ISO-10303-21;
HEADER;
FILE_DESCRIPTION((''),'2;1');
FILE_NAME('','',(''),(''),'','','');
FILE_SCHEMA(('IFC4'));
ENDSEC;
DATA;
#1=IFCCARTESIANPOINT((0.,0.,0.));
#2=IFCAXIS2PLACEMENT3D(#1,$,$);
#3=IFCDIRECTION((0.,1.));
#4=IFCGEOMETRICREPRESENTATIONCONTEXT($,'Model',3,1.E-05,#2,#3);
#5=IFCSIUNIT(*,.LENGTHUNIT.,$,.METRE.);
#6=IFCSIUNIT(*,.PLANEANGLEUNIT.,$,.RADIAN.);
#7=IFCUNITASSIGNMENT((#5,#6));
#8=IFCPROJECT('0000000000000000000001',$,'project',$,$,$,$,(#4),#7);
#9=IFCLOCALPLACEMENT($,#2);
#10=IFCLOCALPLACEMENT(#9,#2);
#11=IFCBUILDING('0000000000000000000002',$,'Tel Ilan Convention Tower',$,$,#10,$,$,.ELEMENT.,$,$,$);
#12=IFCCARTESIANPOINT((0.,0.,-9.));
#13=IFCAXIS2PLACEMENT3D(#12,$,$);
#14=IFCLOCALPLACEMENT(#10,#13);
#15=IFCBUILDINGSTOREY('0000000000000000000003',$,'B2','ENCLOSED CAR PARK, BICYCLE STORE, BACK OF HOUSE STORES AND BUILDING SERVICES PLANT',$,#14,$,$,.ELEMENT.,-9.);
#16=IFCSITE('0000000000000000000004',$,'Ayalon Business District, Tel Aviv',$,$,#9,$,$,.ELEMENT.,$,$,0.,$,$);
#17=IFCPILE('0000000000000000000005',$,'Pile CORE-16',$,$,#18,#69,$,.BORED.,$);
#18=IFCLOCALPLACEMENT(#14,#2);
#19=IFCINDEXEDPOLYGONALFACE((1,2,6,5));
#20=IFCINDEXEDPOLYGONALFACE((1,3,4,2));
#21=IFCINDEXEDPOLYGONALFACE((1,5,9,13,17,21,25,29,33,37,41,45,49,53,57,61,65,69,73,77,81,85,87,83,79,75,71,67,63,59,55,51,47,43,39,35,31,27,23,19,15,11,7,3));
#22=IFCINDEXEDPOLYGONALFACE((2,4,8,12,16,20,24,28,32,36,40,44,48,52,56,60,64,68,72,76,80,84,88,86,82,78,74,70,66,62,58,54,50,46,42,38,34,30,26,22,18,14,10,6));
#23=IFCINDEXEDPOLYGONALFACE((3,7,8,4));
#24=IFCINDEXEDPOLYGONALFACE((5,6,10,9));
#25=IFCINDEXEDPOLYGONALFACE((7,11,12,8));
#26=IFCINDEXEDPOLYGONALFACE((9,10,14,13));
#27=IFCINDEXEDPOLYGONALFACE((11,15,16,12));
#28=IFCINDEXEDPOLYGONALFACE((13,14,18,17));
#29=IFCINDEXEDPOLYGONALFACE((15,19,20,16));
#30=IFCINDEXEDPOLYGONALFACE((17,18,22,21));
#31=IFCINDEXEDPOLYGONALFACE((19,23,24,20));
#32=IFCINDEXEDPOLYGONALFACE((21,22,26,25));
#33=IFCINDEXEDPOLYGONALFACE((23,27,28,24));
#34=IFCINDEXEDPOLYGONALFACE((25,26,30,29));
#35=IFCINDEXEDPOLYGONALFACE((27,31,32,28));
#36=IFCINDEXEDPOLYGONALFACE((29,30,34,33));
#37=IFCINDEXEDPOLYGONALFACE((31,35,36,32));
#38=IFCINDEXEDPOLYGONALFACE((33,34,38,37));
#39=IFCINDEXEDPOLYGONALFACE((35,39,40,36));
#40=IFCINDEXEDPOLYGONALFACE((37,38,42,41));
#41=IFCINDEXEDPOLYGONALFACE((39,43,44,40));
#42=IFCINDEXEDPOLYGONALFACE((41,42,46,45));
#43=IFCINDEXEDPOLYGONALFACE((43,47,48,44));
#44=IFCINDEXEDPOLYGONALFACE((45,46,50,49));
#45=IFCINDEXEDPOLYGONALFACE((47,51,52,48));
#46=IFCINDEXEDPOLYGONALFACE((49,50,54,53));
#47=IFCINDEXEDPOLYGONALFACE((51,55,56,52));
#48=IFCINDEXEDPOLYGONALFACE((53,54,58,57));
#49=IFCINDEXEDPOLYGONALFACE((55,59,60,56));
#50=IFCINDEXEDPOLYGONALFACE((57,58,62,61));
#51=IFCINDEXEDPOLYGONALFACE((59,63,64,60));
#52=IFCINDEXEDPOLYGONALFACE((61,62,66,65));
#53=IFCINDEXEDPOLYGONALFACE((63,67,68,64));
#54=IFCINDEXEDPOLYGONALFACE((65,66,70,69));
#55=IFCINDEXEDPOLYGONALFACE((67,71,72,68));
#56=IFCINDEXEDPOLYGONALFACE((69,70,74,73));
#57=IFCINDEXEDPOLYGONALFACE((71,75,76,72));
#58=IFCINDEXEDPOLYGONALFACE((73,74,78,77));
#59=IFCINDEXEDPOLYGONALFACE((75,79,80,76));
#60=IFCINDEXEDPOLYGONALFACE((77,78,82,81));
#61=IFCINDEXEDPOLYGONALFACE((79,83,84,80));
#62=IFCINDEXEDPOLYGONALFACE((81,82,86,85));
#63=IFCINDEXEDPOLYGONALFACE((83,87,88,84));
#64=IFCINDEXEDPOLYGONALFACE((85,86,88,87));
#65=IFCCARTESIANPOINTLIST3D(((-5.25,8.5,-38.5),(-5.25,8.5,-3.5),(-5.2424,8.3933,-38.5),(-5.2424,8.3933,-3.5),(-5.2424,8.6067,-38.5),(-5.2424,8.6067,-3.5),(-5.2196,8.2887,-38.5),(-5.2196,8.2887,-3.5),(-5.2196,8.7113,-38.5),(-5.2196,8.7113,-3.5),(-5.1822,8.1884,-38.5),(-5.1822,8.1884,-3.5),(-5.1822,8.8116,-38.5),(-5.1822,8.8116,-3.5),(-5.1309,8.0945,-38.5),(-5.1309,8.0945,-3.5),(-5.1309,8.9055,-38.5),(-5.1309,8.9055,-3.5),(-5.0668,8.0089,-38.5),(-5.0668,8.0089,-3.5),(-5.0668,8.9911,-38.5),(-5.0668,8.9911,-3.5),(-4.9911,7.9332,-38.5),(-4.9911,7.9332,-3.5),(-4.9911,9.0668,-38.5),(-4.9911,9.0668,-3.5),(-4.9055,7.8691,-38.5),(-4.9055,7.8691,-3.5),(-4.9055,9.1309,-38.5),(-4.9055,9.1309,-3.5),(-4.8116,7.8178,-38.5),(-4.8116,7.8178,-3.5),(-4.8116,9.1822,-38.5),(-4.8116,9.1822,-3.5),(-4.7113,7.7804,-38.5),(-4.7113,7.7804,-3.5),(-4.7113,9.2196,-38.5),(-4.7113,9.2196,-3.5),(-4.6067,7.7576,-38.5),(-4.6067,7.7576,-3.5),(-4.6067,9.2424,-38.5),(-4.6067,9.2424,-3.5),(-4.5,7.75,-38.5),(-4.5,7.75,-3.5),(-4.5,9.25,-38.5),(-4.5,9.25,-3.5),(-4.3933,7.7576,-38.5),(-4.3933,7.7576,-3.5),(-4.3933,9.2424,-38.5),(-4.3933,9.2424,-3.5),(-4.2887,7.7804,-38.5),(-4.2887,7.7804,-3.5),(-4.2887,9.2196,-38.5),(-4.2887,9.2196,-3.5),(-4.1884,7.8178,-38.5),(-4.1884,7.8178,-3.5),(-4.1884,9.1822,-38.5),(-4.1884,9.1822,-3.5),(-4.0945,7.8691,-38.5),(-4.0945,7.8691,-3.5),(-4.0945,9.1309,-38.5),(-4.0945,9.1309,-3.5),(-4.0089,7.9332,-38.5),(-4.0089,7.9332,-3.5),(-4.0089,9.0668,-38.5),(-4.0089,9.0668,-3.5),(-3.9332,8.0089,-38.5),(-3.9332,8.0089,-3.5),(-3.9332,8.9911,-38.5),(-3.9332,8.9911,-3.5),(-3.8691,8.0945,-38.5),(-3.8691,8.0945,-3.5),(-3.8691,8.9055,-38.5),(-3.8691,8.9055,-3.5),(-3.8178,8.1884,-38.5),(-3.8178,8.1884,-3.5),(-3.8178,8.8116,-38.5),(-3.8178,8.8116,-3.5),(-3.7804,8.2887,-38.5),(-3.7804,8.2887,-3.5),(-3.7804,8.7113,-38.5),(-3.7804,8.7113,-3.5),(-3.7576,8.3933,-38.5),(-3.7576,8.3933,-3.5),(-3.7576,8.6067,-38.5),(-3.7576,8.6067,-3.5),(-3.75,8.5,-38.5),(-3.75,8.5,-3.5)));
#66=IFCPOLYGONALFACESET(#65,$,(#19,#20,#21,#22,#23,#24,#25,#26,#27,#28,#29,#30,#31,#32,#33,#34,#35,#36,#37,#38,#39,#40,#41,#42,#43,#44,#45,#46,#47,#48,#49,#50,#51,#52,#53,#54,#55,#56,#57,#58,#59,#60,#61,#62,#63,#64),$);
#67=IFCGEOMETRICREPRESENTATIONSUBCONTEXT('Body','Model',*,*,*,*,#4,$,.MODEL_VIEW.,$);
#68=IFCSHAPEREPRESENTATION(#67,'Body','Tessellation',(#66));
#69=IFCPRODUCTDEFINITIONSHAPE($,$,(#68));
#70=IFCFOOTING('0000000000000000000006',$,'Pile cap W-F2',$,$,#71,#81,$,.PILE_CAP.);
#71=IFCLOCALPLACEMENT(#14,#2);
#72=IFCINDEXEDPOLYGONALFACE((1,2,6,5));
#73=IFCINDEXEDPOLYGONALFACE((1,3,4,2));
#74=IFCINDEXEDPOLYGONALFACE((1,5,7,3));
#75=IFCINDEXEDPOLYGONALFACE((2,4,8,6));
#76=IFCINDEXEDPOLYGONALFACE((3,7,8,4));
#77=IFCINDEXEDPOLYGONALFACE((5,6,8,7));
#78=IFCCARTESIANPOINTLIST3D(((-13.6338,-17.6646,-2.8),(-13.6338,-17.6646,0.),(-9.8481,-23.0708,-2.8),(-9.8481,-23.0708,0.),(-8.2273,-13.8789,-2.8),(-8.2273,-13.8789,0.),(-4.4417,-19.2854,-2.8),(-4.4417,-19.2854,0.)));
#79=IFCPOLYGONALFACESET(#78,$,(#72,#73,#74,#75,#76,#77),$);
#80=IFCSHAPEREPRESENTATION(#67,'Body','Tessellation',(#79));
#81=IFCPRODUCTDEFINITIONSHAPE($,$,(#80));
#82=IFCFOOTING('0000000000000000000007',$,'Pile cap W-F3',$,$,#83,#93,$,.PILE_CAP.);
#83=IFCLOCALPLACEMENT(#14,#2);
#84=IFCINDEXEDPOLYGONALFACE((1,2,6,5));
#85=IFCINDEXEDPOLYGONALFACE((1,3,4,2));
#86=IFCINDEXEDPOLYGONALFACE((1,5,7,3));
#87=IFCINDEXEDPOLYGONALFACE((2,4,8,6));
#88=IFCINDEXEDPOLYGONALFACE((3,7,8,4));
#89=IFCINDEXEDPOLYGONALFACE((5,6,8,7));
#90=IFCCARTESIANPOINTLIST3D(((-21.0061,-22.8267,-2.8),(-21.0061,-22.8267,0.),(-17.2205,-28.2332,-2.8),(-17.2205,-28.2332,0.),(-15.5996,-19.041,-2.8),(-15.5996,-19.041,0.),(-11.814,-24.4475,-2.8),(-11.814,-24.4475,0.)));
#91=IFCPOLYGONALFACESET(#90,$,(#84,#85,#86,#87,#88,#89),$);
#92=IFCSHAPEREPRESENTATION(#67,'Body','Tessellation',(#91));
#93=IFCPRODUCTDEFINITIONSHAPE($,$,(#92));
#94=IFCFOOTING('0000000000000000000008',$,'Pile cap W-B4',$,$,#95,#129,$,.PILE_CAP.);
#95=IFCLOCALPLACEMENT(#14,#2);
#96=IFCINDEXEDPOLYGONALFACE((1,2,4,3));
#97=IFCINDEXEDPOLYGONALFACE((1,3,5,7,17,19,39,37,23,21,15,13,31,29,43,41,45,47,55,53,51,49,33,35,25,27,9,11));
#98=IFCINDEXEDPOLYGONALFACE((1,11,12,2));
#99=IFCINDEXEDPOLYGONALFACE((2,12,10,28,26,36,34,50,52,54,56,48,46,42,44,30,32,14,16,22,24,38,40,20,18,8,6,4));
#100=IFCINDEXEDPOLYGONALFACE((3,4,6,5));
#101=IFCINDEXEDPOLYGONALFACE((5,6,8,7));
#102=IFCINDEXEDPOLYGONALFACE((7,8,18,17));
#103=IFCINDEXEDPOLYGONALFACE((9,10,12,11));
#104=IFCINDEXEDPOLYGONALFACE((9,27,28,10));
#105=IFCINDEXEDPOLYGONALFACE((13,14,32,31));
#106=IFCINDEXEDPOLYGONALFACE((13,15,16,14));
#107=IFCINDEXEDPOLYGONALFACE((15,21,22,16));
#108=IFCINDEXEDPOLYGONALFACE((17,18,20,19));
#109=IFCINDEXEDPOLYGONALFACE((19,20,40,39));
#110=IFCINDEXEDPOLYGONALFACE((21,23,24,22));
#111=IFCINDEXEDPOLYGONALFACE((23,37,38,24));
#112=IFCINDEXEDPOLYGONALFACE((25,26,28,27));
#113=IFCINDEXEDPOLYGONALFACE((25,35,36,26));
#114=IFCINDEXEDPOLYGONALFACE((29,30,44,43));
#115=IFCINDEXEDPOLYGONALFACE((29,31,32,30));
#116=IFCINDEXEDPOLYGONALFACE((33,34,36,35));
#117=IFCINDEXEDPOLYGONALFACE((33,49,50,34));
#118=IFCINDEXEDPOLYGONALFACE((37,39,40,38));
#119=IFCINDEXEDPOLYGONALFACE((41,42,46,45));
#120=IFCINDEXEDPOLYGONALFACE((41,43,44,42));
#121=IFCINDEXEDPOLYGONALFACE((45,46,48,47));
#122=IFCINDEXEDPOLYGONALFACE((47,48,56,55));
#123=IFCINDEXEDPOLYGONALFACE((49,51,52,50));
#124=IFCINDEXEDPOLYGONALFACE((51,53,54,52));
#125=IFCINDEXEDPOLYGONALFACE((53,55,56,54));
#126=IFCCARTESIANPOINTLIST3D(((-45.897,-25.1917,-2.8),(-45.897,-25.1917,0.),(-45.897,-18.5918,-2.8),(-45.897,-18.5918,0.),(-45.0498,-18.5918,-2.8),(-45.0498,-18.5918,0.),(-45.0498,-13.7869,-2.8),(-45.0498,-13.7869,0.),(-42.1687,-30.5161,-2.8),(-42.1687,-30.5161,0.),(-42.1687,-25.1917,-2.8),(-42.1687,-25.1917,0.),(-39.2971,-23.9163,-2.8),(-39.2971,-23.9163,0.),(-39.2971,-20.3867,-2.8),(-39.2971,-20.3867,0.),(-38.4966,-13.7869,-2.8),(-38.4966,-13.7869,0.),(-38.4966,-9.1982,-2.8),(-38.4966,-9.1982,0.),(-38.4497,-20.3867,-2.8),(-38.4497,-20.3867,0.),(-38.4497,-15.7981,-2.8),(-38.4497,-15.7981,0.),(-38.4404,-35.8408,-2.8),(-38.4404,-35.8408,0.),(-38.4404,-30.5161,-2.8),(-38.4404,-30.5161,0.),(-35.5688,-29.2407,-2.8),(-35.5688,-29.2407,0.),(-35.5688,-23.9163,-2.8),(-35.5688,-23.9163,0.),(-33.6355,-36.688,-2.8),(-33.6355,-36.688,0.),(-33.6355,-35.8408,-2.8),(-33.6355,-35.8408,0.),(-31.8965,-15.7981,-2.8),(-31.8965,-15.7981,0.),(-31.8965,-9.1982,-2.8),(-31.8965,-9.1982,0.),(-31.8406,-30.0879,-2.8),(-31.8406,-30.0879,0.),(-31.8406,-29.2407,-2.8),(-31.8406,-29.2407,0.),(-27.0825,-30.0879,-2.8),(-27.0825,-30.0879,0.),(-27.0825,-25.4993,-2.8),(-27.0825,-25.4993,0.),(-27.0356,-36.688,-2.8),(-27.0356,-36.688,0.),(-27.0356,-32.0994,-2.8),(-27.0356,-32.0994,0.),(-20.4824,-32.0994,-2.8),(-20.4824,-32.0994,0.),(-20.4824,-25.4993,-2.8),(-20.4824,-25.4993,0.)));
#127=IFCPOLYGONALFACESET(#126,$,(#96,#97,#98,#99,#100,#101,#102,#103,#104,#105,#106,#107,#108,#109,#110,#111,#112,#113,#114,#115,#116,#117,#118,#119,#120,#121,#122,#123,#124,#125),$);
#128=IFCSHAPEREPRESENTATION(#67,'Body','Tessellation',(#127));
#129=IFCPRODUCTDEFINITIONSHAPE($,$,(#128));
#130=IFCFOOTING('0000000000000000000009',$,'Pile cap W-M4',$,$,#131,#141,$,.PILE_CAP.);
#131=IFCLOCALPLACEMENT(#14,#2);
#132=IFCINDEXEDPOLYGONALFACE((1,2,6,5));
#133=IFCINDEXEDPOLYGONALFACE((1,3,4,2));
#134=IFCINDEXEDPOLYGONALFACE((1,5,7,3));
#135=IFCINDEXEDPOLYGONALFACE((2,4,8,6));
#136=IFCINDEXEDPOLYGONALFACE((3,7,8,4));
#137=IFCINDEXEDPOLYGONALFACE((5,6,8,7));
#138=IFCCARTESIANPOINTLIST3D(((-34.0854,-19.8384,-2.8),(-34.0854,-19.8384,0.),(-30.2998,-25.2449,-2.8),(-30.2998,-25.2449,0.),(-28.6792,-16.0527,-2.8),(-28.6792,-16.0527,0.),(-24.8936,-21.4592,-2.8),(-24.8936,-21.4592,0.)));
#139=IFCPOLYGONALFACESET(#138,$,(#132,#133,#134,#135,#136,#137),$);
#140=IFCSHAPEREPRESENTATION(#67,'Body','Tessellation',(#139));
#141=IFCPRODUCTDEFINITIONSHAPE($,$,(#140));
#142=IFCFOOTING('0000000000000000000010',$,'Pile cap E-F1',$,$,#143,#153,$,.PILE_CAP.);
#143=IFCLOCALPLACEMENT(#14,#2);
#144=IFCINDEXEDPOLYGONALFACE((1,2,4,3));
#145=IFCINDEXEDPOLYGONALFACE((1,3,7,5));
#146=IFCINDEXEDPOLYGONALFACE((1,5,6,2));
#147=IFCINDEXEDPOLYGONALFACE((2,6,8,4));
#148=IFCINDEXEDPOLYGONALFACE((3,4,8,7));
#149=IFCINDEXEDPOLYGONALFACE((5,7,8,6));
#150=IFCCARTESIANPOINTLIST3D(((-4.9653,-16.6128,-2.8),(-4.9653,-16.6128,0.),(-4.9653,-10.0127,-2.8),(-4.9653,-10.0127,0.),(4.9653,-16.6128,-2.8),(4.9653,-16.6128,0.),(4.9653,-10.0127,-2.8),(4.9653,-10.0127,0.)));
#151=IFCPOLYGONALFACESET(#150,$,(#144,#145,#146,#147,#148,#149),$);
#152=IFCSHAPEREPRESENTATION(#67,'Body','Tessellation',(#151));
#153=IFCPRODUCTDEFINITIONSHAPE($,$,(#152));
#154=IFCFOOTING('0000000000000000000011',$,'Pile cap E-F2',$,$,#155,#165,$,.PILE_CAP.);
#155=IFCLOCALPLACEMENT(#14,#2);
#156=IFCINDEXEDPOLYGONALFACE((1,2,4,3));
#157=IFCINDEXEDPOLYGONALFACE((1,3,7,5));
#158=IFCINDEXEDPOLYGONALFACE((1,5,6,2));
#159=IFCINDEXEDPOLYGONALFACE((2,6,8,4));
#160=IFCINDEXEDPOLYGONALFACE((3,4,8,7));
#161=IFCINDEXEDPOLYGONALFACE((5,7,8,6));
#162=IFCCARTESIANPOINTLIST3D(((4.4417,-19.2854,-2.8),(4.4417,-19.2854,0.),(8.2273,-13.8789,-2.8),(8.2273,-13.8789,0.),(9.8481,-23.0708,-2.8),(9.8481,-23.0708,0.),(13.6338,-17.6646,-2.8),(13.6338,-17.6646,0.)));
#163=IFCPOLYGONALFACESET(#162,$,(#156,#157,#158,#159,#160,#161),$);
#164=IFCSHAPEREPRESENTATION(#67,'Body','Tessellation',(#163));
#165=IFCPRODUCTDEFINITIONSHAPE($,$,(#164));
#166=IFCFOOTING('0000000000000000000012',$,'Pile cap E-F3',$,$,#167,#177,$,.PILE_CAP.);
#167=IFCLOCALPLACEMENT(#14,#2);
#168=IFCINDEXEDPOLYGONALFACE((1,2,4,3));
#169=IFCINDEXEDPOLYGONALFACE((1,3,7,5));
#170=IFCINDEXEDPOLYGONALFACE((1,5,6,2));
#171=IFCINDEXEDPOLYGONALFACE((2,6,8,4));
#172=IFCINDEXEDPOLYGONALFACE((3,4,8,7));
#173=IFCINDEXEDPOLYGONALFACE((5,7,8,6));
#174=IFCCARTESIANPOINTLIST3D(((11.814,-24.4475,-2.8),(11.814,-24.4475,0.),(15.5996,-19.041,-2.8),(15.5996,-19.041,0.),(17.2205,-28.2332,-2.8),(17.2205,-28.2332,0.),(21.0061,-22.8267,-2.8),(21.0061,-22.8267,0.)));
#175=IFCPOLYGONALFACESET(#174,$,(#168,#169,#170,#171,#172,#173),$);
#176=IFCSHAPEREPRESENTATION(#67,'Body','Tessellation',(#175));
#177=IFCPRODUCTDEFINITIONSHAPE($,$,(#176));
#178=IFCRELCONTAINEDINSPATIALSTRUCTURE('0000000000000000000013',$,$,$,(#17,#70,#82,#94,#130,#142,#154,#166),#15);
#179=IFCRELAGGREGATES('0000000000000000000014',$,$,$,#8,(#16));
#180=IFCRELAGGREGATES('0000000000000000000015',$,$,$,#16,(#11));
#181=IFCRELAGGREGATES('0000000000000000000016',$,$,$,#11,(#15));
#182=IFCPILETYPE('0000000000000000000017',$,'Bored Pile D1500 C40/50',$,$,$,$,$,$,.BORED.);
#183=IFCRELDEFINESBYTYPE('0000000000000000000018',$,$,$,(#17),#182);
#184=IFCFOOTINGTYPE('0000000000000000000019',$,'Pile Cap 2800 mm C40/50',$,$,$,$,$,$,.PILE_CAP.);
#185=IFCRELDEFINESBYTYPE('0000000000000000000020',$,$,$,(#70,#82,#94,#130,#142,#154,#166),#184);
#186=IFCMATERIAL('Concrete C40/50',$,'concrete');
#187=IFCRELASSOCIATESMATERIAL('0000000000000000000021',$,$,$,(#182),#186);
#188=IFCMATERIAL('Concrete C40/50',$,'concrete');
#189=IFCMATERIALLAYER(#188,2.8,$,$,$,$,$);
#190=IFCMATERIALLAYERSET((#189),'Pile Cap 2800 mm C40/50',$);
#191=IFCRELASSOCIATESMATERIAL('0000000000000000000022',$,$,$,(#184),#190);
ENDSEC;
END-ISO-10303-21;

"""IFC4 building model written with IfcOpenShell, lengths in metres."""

from ifc_helpers import new_model, si_unit, direction, frame, origin, origin_2d, place, context, subcontext, project, spatial, polyline, circle, outline, extrude, material, layer, layer_set, material_profile, profile_set, type_object, element, save


model = new_model("IFC4")

# Units and contexts
model_context = context("Model", 3, precision=1e-05, world=origin(), true_north=direction((0.0, 1.0)))
body_context = subcontext(model_context, "Body", "Model", "MODEL_VIEW")
ifc_project = project(units=[si_unit("LENGTHUNIT", "METRE"), si_unit("PLANEANGLEUNIT", "RADIAN")], contexts=[model_context])

# Site, building, storey
site_placement = place(None, origin())
site = spatial("IfcSite", under=ifc_project, at=site_placement, Name="Ayalon Business District, Tel Aviv", CompositionType="ELEMENT", RefElevation=0.0)
building_placement = place(site_placement, origin())
building = spatial("IfcBuilding", under=site, at=building_placement, Name="Tel Ilan Convention Tower", CompositionType="ELEMENT")
storey_placement = place(building_placement, frame((0.0, 0.0, -9.0)))
storey = spatial("IfcBuildingStorey", under=building, at=storey_placement, Name="B2", Description="ENCLOSED CAR PARK, BICYCLE STORE, BACK OF HOUSE STORES AND BUILDING SERVICES PLANT", CompositionType="ELEMENT", Elevation=-9.0)

# Pile
ifc_material_1 = material(Name="Concrete C40/50", Category="concrete")
ifc_material_profile = material_profile(ifc_material_1, circle(Radius=0.75, at=origin_2d()), Name="BORED D1500")
ifc_profile_set = profile_set([ifc_material_profile], Name="Concrete C40/50")
pile_type = type_object("IfcPileType", Name="Bored Pile D1500 C40/50", PredefinedType="BORED", material=ifc_profile_set)
for number, where, z_axis, x_axis, name in (
    (1, (-4.5, 8.5, -3.5), (0.0, 0.0, -1.0), (1.0, 0.0, 0.0), "Pile CORE-16"),
):
    element("IfcPile", number, at=place(storey_placement, frame(where, z_axis=z_axis, x_axis=x_axis)), inside=storey, type_object=pile_type, Name=name, PredefinedType="BORED", context=body_context, shape_type="SweptSolid", body=[
        extrude(circle(Radius=0.75, at=origin_2d()), origin(), (0.0, 0.0, 1.0), 35.0),
    ])

# Footings
ifc_material_2 = material(Name="Concrete C40/50", Category="concrete")
ifc_layer_1 = layer(ifc_material_2, 2.8)
ifc_layer_set_1 = layer_set([ifc_layer_1], Name="Pile Cap 2800 mm C40/50")
footing_type = type_object("IfcFootingType", Name="Pile Cap 2800 mm C40/50", PredefinedType="PILE_CAP", material=ifc_layer_set_1)
footing_1_placement = place(storey_placement, frame((0.0, 0.0, -2.8)))
element("IfcFooting", 2, at=footing_1_placement, inside=storey, type_object=footing_type, Name="Pile cap W-F2", PredefinedType="PILE_CAP", context=body_context, shape_type="SweptSolid", body=[
    extrude(outline(polyline([(-8.2273, -13.8789), (-13.6338, -17.6646), (-9.8481, -23.0708), (-4.4417, -19.2854), (-8.2273, -13.8789)])), origin(), (0.0, 0.0, 1.0), 2.8),
])
footing_2_placement = place(storey_placement, frame((0.0, 0.0, -2.8)))
element("IfcFooting", 3, at=footing_2_placement, inside=storey, type_object=footing_type, Name="Pile cap W-F3", PredefinedType="PILE_CAP", context=body_context, shape_type="SweptSolid", body=[
    extrude(outline(polyline([(-15.5996, -19.041), (-21.0061, -22.8267), (-17.2205, -28.2332), (-11.814, -24.4475), (-15.5996, -19.041)])), origin(), (0.0, 0.0, 1.0), 2.8),
])
footing_3_placement = place(storey_placement, frame((0.0, 0.0, -2.8)))
element("IfcFooting", 4, at=footing_3_placement, inside=storey, type_object=footing_type, Name="Pile cap W-B4", PredefinedType="PILE_CAP", context=body_context, shape_type="SweptSolid", body=[
    extrude(outline(polyline([(-33.6355, -35.8408), (-33.6355, -36.688), (-27.0356, -36.688), (-27.0356, -32.0994), (-20.4824, -32.0994), (-20.4824, -25.4993), (-27.0825, -25.4993), (-27.0825, -30.0879), (-31.8406, -30.0879), (-31.8406, -29.2407), (-35.5688, -29.2407), (-35.5688, -23.9163), (-39.2971, -23.9163), (-39.2971, -20.3867), (-38.4497, -20.3867), (-38.4497, -15.7981), (-31.8965, -15.7981), (-31.8965, -9.1982), (-38.4966, -9.1982), (-38.4966, -13.7869), (-45.0498, -13.7869), (-45.0498, -18.5918), (-45.897, -18.5918), (-45.897, -25.1917), (-42.1687, -25.1917), (-42.1687, -30.5161), (-38.4404, -30.5161), (-38.4404, -35.8408), (-33.6355, -35.8408)])), origin(), (0.0, 0.0, 1.0), 2.8),
])
footing_4_placement = place(storey_placement, frame((0.0, 0.0, -2.8)))
element("IfcFooting", 5, at=footing_4_placement, inside=storey, type_object=footing_type, Name="Pile cap W-M4", PredefinedType="PILE_CAP", context=body_context, shape_type="SweptSolid", body=[
    extrude(outline(polyline([(-28.6792, -16.0527), (-34.0854, -19.8384), (-30.2998, -25.2449), (-24.8936, -21.4592), (-28.6792, -16.0527)])), origin(), (0.0, 0.0, 1.0), 2.8),
])
footing_5_placement = place(storey_placement, frame((0.0, 0.0, -2.8)))
element("IfcFooting", 6, at=footing_5_placement, inside=storey, type_object=footing_type, Name="Pile cap E-F1", PredefinedType="PILE_CAP", context=body_context, shape_type="SweptSolid", body=[
    extrude(outline(polyline([(-4.9653, -16.6128), (4.9653, -16.6128), (4.9653, -10.0127), (-4.9653, -10.0127), (-4.9653, -16.6128)])), origin(), (0.0, 0.0, 1.0), 2.8),
])
footing_6_placement = place(storey_placement, frame((0.0, 0.0, -2.8)))
element("IfcFooting", 7, at=footing_6_placement, inside=storey, type_object=footing_type, Name="Pile cap E-F2", PredefinedType="PILE_CAP", context=body_context, shape_type="SweptSolid", body=[
    extrude(outline(polyline([(4.4417, -19.2854), (9.8481, -23.0708), (13.6338, -17.6646), (8.2273, -13.8789), (4.4417, -19.2854)])), origin(), (0.0, 0.0, 1.0), 2.8),
])
footing_7_placement = place(storey_placement, frame((0.0, 0.0, -2.8)))
element("IfcFooting", 8, at=footing_7_placement, inside=storey, type_object=footing_type, Name="Pile cap E-F3", PredefinedType="PILE_CAP", context=body_context, shape_type="SweptSolid", body=[
    extrude(outline(polyline([(11.814, -24.4475), (17.2205, -28.2332), (21.0061, -22.8267), (15.5996, -19.041), (11.814, -24.4475)])), origin(), (0.0, 0.0, 1.0), 2.8),
])

save(model, "model.ifc")
